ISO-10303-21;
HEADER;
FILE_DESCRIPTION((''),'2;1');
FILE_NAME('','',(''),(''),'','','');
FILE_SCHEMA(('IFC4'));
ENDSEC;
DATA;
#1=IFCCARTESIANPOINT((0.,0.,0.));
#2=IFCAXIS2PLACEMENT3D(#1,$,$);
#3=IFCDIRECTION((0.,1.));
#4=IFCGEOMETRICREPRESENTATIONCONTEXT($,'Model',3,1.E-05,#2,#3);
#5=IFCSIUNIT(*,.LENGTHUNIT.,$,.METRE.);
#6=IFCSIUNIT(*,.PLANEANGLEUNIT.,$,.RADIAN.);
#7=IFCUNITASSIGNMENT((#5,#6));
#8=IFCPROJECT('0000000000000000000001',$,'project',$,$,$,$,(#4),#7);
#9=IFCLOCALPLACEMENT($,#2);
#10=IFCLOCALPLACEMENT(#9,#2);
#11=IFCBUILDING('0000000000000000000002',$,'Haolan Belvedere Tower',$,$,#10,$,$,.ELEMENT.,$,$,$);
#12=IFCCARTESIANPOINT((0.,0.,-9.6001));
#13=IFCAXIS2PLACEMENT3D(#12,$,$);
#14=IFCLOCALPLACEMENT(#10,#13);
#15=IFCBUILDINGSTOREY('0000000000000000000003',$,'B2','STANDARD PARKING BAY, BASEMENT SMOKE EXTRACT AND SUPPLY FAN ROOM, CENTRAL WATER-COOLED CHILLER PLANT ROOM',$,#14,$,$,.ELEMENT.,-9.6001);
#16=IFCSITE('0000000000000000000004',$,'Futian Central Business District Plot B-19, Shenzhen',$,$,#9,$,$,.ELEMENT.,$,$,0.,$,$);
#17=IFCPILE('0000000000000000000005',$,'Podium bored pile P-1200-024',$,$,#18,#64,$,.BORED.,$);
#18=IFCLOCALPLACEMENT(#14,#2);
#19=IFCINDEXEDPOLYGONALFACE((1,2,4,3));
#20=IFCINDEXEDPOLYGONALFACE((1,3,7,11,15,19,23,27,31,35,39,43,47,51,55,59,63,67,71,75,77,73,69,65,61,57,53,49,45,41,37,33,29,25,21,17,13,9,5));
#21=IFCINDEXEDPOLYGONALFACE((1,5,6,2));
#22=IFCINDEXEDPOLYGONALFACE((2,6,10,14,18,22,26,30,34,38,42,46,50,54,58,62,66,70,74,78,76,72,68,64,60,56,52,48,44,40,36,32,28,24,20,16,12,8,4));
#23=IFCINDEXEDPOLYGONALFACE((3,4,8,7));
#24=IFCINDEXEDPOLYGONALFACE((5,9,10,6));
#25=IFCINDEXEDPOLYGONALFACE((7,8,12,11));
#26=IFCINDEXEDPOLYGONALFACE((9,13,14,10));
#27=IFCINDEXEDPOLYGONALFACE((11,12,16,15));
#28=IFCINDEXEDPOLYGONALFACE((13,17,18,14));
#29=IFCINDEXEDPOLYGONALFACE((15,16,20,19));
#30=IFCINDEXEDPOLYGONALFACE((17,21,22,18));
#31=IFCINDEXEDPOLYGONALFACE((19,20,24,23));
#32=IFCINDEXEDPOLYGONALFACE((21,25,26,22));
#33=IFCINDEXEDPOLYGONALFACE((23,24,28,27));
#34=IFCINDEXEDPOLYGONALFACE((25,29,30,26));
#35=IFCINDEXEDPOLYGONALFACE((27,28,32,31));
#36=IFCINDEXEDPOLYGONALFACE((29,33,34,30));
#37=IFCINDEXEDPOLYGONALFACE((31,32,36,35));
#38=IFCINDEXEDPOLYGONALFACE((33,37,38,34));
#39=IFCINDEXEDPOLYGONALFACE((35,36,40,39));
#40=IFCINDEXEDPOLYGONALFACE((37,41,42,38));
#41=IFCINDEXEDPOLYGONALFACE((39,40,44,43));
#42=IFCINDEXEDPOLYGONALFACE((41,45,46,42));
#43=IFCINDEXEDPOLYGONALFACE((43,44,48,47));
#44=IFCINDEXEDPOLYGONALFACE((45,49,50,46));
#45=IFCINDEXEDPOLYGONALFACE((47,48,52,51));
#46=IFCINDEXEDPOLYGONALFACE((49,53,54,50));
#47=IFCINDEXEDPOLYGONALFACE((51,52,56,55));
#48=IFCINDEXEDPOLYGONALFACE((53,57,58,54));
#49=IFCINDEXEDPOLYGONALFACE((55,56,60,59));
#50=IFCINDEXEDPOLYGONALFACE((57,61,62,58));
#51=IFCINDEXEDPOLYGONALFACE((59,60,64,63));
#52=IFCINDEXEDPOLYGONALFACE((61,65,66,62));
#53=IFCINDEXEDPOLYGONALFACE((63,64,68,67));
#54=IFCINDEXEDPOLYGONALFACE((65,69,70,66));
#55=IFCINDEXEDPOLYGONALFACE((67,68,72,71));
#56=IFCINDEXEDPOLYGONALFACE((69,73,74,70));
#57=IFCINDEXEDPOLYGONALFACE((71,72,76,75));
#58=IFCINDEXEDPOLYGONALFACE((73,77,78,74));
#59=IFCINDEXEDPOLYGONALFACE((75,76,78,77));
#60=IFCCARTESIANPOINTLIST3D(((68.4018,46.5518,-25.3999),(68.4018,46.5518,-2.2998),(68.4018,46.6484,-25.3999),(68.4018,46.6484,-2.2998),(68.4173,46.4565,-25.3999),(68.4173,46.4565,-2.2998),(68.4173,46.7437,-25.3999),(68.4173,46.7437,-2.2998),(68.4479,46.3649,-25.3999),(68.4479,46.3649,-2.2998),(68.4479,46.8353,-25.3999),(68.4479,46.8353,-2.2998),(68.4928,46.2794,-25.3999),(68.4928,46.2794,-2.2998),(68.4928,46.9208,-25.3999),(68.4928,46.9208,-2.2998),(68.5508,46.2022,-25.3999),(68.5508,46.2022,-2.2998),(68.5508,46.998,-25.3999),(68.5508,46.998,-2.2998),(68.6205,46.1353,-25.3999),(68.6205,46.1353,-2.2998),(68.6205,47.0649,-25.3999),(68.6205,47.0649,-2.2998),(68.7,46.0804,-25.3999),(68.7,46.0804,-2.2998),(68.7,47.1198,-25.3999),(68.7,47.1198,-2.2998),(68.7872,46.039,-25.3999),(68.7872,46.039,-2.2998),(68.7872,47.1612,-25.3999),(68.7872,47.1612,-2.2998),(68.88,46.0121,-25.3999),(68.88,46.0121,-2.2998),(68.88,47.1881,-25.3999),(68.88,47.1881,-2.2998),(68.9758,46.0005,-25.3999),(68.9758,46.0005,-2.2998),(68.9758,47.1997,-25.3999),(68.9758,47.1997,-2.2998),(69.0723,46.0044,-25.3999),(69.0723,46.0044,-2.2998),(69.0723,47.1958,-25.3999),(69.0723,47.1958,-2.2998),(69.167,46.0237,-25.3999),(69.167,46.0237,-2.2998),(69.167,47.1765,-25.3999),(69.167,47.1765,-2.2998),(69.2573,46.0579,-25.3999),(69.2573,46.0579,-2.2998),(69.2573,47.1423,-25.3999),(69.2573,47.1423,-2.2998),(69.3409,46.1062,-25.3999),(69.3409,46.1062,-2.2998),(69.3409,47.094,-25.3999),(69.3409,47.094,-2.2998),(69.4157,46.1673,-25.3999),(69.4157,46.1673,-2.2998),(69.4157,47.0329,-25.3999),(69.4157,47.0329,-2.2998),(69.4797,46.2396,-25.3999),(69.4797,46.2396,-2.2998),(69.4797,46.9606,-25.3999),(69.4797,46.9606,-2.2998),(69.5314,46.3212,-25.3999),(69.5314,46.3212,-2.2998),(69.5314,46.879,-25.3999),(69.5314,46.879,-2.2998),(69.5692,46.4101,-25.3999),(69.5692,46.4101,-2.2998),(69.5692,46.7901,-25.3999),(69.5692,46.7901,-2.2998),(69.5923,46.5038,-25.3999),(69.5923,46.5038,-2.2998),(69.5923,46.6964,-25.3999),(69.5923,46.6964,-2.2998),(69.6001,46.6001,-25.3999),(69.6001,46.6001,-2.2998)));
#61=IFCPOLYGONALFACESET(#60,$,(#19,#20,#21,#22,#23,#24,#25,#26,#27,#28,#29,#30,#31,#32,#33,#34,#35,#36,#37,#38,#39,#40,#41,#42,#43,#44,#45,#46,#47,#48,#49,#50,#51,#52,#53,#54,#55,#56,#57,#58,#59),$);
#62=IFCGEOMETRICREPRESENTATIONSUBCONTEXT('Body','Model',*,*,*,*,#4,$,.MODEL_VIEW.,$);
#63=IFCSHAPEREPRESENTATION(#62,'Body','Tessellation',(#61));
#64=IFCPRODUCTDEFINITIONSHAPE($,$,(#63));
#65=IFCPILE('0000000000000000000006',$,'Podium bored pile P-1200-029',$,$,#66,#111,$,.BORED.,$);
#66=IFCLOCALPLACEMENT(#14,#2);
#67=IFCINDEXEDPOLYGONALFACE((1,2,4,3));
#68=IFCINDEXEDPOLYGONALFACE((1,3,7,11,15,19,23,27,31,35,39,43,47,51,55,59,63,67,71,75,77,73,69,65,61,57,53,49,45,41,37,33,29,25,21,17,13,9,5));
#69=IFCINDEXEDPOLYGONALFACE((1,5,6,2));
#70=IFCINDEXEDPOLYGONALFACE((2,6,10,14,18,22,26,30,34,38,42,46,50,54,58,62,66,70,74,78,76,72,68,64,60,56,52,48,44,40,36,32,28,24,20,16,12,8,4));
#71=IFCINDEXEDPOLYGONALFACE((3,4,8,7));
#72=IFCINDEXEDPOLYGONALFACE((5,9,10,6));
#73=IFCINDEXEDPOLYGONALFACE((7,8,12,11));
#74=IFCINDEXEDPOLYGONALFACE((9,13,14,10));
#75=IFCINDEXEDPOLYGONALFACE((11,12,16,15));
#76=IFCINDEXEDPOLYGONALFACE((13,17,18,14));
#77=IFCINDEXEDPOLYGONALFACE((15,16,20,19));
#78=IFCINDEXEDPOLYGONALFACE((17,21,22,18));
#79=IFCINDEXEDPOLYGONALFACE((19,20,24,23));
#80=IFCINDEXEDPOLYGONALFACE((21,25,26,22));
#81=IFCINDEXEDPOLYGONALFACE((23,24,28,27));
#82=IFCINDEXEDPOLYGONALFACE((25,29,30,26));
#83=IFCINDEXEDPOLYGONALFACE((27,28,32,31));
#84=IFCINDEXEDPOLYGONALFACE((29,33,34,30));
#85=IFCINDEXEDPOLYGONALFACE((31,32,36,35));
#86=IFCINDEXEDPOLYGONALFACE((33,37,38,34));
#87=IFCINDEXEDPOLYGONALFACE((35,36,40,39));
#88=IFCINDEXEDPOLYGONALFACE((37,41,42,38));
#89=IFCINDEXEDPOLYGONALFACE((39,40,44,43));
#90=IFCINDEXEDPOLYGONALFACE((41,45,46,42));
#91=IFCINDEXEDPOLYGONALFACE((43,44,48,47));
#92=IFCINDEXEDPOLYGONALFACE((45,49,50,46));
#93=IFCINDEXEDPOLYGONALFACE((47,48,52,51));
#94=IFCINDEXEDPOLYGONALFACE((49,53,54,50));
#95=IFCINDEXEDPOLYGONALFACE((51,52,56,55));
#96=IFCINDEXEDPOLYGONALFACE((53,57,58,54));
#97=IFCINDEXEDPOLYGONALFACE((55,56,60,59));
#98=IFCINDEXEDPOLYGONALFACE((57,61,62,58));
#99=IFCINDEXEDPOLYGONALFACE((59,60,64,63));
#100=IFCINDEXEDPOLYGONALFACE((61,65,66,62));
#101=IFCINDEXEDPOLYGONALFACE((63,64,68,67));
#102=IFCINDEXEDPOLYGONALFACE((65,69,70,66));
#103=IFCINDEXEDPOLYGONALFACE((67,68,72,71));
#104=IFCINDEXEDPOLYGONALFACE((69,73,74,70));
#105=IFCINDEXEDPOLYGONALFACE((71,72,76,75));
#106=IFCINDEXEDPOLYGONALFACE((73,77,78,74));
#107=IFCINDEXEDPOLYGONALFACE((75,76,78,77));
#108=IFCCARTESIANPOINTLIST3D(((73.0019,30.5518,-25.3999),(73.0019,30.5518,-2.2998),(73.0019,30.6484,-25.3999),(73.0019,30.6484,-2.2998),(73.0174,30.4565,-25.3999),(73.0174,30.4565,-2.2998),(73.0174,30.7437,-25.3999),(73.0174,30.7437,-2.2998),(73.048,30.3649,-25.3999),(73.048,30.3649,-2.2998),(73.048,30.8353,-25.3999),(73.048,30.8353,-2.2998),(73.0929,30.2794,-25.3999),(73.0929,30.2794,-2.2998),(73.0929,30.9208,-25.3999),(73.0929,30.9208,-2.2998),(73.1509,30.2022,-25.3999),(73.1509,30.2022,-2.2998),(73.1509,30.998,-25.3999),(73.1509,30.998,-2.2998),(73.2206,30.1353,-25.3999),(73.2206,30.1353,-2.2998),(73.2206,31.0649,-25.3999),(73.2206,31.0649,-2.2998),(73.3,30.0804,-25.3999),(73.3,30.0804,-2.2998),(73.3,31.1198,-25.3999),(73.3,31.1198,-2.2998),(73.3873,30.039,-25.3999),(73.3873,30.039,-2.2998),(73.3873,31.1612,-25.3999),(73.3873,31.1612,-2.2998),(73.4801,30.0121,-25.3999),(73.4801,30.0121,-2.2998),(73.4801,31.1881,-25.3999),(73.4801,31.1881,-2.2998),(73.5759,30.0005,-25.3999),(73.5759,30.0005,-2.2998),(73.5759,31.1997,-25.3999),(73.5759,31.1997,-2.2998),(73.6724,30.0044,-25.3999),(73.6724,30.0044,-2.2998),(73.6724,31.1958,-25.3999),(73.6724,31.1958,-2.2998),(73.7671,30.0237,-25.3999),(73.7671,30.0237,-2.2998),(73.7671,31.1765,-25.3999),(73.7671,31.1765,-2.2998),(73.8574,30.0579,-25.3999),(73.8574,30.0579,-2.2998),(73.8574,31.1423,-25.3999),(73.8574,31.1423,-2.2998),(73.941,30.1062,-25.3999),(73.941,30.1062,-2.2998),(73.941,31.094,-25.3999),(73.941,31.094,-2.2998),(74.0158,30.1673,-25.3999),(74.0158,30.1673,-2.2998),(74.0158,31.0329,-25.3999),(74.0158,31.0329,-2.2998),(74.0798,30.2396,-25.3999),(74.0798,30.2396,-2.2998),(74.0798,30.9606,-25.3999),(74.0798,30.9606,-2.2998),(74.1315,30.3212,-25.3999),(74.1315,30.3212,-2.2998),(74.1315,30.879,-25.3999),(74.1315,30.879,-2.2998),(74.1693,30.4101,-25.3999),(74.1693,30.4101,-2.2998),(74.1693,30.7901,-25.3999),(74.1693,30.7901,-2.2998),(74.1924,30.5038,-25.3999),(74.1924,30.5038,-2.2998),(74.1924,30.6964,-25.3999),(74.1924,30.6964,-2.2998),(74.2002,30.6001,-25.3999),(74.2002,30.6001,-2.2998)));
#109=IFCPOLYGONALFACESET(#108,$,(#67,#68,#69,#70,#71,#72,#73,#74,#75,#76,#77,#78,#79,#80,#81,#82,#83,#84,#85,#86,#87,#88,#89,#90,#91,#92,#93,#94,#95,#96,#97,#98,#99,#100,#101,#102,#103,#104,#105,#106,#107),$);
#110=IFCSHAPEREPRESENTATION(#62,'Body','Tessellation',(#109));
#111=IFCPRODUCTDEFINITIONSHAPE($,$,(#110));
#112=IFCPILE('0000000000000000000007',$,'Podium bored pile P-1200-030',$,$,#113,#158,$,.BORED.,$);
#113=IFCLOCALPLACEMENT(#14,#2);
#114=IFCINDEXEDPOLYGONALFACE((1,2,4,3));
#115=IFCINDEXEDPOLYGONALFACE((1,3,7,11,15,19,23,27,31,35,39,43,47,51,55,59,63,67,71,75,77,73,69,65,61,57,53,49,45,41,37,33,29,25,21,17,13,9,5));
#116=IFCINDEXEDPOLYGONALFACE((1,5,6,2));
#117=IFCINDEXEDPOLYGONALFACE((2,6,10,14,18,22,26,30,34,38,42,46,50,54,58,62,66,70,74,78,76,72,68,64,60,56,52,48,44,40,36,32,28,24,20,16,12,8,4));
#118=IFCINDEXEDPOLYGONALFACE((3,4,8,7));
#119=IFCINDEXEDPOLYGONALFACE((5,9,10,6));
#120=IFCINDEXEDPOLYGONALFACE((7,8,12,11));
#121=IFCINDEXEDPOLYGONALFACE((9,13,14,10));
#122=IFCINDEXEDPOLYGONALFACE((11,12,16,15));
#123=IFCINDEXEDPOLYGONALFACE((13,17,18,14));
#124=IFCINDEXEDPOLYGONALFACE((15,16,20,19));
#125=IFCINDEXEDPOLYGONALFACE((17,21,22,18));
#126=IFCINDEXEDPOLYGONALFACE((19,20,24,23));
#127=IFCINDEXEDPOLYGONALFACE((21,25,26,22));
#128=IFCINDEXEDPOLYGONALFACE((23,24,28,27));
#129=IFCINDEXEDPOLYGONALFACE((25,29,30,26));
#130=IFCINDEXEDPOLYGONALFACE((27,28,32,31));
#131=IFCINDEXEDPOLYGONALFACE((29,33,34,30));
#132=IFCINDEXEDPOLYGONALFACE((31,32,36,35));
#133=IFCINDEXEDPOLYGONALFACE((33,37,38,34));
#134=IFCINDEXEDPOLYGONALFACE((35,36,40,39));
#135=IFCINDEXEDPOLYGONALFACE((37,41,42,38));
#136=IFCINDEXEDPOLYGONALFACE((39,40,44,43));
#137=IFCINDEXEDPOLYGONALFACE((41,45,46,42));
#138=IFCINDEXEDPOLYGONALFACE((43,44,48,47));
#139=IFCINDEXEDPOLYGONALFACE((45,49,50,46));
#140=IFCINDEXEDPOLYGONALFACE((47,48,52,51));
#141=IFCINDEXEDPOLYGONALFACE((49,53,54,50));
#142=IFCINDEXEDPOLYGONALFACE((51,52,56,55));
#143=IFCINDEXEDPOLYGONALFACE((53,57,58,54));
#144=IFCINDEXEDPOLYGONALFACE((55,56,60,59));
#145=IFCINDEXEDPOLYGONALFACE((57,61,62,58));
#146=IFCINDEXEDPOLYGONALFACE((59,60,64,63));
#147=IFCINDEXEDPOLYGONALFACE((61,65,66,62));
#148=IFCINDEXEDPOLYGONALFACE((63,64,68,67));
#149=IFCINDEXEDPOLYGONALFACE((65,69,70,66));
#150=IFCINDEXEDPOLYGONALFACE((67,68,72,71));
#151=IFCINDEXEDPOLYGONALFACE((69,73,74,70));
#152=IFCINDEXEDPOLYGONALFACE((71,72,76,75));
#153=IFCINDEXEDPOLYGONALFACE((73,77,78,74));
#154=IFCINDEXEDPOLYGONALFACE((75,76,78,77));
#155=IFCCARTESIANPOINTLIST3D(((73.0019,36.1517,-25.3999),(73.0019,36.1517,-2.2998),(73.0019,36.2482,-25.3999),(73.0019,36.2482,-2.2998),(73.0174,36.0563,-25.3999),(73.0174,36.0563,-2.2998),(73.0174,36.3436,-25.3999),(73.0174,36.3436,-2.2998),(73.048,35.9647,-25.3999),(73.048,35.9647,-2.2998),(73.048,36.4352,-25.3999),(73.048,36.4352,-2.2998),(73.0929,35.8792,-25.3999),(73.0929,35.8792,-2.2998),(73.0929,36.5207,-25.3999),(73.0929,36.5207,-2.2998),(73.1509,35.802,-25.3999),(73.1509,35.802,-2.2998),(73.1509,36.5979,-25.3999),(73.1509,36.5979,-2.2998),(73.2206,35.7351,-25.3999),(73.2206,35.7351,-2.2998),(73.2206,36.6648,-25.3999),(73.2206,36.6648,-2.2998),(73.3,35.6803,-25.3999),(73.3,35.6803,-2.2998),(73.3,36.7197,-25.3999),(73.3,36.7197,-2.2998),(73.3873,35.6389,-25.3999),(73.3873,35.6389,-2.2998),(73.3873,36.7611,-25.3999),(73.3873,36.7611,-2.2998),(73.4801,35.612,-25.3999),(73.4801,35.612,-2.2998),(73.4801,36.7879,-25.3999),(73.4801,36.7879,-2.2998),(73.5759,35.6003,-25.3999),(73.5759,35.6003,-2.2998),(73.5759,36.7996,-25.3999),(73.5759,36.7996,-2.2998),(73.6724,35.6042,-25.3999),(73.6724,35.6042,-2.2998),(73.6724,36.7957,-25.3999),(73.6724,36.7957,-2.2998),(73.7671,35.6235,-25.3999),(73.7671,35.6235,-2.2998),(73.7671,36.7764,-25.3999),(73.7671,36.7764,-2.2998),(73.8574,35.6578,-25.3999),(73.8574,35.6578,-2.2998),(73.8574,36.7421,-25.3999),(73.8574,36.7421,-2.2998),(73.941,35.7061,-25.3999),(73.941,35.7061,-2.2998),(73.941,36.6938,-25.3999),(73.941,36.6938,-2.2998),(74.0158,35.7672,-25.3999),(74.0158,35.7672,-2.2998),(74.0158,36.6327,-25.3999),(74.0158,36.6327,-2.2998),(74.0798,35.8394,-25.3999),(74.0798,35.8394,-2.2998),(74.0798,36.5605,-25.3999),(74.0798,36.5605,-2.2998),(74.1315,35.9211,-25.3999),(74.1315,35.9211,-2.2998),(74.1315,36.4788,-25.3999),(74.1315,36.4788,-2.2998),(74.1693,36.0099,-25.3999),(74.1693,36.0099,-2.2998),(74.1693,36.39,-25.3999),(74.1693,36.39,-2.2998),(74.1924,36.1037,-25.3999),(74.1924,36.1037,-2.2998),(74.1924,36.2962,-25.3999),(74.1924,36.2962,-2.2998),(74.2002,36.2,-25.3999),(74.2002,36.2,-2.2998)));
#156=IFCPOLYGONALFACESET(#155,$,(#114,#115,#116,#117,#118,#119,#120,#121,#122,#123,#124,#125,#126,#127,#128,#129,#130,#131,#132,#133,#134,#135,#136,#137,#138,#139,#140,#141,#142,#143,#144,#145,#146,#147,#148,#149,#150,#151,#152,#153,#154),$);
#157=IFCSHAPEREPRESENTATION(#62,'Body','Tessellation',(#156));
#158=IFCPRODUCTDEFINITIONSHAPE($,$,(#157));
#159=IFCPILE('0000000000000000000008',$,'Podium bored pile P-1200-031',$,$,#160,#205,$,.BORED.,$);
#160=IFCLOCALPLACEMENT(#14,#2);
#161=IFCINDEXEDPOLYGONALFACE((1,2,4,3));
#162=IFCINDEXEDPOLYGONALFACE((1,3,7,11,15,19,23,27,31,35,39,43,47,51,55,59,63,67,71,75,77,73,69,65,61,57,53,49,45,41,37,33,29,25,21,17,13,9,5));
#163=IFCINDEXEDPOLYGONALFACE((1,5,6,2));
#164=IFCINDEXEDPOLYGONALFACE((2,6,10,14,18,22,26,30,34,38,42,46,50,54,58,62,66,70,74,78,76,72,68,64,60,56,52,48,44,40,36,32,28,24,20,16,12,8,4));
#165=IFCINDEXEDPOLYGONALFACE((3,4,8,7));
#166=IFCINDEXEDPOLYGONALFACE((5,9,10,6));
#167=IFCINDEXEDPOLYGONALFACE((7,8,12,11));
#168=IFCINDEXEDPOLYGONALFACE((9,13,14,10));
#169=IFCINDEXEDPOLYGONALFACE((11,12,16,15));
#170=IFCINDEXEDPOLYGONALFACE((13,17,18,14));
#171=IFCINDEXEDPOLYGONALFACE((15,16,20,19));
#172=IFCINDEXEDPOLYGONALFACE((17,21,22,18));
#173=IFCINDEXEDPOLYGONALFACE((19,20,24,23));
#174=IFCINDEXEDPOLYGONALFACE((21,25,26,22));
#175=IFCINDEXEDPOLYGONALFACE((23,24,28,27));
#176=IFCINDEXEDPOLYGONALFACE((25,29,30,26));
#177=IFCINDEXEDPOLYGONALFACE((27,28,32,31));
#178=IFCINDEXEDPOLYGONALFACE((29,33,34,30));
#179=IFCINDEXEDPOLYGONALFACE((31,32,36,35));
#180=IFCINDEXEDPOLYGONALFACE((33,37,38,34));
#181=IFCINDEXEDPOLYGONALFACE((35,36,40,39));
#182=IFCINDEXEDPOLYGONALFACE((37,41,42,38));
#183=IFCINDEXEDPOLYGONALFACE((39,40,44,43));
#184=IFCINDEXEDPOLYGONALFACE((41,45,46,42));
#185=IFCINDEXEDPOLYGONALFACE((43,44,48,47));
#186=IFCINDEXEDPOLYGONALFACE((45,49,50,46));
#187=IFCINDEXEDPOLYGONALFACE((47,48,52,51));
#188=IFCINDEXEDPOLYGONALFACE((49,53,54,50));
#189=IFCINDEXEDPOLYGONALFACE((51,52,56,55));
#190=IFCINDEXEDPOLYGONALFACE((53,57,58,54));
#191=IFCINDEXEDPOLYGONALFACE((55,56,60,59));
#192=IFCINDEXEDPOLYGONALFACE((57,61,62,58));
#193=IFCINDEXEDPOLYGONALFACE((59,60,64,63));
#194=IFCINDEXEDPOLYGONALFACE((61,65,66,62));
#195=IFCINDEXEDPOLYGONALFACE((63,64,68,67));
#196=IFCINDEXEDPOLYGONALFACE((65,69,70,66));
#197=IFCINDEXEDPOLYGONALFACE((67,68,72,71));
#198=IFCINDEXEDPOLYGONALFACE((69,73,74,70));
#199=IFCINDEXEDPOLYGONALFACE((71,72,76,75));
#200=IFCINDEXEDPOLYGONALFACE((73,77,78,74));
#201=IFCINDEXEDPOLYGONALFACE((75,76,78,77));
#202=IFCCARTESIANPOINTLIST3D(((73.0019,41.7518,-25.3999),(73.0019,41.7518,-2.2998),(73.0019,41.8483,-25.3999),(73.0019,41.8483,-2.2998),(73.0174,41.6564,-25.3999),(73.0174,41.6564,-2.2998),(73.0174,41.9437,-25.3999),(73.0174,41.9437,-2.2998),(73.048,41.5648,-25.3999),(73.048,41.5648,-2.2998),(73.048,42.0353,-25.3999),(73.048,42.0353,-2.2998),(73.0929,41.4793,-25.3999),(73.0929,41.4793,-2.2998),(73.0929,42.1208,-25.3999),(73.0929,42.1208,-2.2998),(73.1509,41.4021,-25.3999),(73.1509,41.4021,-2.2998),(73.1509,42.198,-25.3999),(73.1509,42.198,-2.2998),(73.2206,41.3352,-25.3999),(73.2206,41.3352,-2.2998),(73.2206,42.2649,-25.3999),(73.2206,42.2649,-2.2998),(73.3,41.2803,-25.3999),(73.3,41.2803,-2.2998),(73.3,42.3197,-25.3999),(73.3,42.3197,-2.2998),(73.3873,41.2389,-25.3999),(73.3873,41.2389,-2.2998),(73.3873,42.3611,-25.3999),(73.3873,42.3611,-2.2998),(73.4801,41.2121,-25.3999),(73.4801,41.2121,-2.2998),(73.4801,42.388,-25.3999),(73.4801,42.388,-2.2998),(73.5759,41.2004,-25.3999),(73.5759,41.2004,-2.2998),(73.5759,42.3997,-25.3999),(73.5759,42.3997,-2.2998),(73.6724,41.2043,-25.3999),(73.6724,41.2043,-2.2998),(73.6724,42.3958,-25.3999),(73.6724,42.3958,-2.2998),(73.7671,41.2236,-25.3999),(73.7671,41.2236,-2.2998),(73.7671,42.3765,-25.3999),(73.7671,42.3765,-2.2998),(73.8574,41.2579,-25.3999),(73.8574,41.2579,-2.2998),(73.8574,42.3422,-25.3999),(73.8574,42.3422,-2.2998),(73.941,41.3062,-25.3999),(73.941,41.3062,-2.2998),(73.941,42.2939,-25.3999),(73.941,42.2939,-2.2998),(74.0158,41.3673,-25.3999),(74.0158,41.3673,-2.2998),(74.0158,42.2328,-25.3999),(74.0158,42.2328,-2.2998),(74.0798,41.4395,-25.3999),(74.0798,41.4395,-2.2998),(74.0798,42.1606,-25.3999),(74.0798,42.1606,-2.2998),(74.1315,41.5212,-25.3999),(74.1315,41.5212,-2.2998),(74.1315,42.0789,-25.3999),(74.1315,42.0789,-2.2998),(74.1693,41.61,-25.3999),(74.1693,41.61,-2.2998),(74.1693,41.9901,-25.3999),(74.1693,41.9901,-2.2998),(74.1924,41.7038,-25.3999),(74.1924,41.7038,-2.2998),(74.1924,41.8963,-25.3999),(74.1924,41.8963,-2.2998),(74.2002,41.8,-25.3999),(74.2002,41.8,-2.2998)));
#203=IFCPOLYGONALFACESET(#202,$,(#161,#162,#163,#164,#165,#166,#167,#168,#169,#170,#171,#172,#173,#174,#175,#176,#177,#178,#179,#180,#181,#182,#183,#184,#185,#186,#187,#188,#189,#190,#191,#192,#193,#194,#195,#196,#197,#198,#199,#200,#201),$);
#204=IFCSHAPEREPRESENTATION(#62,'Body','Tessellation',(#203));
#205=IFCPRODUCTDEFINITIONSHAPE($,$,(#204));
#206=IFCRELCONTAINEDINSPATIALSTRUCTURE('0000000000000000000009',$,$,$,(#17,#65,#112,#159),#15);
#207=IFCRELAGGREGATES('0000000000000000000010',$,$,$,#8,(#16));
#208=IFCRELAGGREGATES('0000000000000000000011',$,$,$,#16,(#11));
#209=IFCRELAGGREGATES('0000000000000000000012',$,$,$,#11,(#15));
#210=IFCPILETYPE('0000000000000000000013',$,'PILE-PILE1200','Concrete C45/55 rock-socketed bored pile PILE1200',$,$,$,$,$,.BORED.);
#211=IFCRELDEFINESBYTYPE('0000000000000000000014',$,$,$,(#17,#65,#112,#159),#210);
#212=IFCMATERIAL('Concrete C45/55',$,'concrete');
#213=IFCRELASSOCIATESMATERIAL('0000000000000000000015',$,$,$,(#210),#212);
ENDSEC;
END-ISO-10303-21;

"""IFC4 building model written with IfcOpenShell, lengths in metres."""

from ifc_helpers import new_model, si_unit, direction, frame, origin, origin_2d, place, context, subcontext, project, spatial, circle, extrude, material, material_profile, profile_set, type_object, element, save


model = new_model("IFC4")

# Units and contexts
model_context = context("Model", 3, precision=1e-05, world=origin(), true_north=direction((0.0, 1.0)))
body_context = subcontext(model_context, "Body", "Model", "MODEL_VIEW")
ifc_project = project(units=[si_unit("LENGTHUNIT", "METRE"), si_unit("PLANEANGLEUNIT", "RADIAN")], contexts=[model_context])

# Site, building, storey
site_placement = place(None, origin())
site = spatial("IfcSite", under=ifc_project, at=site_placement, Name="Futian Central Business District Plot B-19, Shenzhen", CompositionType="ELEMENT", RefElevation=0.0)
building_placement = place(site_placement, origin())
building = spatial("IfcBuilding", under=site, at=building_placement, Name="Haolan Belvedere Tower", CompositionType="ELEMENT")
storey_placement = place(building_placement, frame((0.0, 0.0, -9.6001)))
storey = spatial("IfcBuildingStorey", under=building, at=storey_placement, Name="B2", Description="STANDARD PARKING BAY, BASEMENT SMOKE EXTRACT AND SUPPLY FAN ROOM, CENTRAL WATER-COOLED CHILLER PLANT ROOM", CompositionType="ELEMENT", Elevation=-9.6001)

# Piles
ifc_material_1 = material(Name="Concrete C45/55", Category="concrete")
ifc_material_profile_1 = material_profile(ifc_material_1, circle(Radius=0.6001, at=origin_2d()), Name="Concrete C45/55")
ifc_profile_set_1 = profile_set([ifc_material_profile_1], Name="Concrete C45/55")
pile_type_1 = type_object("IfcPileType", Name="PILE-PILE1200", Description="Concrete C45/55 rock-socketed bored pile PILE1200", PredefinedType="BORED", material=ifc_profile_set_1)
for number, where, z_axis, x_axis, name in (
    (1, (69.0, 46.6001, -2.2998), (0.0, 0.0, -1.0), (1.0, 0.0, 0.0), "Podium bored pile P-1200-024"),
    (2, (73.6001, 30.6001, -2.2998), (0.0, 0.0, -1.0), (1.0, 0.0, 0.0), "Podium bored pile P-1200-029"),
    (3, (73.6001, 36.2, -2.2998), (0.0, 0.0, -1.0), (1.0, 0.0, 0.0), "Podium bored pile P-1200-030"),
    (4, (73.6001, 41.8, -2.2998), (0.0, 0.0, -1.0), (1.0, 0.0, 0.0), "Podium bored pile P-1200-031"),
):
    element("IfcPile", number, at=place(storey_placement, frame(where, z_axis=z_axis, x_axis=x_axis)), inside=storey, type_object=pile_type_1, Name=name, PredefinedType="BORED", context=body_context, shape_type="SweptSolid", body=[
        extrude(circle(Radius=0.6001, at=origin_2d()), origin(), (0.0, 0.0, 1.0), 23.1001),
    ])

save(model, "model.ifc")
